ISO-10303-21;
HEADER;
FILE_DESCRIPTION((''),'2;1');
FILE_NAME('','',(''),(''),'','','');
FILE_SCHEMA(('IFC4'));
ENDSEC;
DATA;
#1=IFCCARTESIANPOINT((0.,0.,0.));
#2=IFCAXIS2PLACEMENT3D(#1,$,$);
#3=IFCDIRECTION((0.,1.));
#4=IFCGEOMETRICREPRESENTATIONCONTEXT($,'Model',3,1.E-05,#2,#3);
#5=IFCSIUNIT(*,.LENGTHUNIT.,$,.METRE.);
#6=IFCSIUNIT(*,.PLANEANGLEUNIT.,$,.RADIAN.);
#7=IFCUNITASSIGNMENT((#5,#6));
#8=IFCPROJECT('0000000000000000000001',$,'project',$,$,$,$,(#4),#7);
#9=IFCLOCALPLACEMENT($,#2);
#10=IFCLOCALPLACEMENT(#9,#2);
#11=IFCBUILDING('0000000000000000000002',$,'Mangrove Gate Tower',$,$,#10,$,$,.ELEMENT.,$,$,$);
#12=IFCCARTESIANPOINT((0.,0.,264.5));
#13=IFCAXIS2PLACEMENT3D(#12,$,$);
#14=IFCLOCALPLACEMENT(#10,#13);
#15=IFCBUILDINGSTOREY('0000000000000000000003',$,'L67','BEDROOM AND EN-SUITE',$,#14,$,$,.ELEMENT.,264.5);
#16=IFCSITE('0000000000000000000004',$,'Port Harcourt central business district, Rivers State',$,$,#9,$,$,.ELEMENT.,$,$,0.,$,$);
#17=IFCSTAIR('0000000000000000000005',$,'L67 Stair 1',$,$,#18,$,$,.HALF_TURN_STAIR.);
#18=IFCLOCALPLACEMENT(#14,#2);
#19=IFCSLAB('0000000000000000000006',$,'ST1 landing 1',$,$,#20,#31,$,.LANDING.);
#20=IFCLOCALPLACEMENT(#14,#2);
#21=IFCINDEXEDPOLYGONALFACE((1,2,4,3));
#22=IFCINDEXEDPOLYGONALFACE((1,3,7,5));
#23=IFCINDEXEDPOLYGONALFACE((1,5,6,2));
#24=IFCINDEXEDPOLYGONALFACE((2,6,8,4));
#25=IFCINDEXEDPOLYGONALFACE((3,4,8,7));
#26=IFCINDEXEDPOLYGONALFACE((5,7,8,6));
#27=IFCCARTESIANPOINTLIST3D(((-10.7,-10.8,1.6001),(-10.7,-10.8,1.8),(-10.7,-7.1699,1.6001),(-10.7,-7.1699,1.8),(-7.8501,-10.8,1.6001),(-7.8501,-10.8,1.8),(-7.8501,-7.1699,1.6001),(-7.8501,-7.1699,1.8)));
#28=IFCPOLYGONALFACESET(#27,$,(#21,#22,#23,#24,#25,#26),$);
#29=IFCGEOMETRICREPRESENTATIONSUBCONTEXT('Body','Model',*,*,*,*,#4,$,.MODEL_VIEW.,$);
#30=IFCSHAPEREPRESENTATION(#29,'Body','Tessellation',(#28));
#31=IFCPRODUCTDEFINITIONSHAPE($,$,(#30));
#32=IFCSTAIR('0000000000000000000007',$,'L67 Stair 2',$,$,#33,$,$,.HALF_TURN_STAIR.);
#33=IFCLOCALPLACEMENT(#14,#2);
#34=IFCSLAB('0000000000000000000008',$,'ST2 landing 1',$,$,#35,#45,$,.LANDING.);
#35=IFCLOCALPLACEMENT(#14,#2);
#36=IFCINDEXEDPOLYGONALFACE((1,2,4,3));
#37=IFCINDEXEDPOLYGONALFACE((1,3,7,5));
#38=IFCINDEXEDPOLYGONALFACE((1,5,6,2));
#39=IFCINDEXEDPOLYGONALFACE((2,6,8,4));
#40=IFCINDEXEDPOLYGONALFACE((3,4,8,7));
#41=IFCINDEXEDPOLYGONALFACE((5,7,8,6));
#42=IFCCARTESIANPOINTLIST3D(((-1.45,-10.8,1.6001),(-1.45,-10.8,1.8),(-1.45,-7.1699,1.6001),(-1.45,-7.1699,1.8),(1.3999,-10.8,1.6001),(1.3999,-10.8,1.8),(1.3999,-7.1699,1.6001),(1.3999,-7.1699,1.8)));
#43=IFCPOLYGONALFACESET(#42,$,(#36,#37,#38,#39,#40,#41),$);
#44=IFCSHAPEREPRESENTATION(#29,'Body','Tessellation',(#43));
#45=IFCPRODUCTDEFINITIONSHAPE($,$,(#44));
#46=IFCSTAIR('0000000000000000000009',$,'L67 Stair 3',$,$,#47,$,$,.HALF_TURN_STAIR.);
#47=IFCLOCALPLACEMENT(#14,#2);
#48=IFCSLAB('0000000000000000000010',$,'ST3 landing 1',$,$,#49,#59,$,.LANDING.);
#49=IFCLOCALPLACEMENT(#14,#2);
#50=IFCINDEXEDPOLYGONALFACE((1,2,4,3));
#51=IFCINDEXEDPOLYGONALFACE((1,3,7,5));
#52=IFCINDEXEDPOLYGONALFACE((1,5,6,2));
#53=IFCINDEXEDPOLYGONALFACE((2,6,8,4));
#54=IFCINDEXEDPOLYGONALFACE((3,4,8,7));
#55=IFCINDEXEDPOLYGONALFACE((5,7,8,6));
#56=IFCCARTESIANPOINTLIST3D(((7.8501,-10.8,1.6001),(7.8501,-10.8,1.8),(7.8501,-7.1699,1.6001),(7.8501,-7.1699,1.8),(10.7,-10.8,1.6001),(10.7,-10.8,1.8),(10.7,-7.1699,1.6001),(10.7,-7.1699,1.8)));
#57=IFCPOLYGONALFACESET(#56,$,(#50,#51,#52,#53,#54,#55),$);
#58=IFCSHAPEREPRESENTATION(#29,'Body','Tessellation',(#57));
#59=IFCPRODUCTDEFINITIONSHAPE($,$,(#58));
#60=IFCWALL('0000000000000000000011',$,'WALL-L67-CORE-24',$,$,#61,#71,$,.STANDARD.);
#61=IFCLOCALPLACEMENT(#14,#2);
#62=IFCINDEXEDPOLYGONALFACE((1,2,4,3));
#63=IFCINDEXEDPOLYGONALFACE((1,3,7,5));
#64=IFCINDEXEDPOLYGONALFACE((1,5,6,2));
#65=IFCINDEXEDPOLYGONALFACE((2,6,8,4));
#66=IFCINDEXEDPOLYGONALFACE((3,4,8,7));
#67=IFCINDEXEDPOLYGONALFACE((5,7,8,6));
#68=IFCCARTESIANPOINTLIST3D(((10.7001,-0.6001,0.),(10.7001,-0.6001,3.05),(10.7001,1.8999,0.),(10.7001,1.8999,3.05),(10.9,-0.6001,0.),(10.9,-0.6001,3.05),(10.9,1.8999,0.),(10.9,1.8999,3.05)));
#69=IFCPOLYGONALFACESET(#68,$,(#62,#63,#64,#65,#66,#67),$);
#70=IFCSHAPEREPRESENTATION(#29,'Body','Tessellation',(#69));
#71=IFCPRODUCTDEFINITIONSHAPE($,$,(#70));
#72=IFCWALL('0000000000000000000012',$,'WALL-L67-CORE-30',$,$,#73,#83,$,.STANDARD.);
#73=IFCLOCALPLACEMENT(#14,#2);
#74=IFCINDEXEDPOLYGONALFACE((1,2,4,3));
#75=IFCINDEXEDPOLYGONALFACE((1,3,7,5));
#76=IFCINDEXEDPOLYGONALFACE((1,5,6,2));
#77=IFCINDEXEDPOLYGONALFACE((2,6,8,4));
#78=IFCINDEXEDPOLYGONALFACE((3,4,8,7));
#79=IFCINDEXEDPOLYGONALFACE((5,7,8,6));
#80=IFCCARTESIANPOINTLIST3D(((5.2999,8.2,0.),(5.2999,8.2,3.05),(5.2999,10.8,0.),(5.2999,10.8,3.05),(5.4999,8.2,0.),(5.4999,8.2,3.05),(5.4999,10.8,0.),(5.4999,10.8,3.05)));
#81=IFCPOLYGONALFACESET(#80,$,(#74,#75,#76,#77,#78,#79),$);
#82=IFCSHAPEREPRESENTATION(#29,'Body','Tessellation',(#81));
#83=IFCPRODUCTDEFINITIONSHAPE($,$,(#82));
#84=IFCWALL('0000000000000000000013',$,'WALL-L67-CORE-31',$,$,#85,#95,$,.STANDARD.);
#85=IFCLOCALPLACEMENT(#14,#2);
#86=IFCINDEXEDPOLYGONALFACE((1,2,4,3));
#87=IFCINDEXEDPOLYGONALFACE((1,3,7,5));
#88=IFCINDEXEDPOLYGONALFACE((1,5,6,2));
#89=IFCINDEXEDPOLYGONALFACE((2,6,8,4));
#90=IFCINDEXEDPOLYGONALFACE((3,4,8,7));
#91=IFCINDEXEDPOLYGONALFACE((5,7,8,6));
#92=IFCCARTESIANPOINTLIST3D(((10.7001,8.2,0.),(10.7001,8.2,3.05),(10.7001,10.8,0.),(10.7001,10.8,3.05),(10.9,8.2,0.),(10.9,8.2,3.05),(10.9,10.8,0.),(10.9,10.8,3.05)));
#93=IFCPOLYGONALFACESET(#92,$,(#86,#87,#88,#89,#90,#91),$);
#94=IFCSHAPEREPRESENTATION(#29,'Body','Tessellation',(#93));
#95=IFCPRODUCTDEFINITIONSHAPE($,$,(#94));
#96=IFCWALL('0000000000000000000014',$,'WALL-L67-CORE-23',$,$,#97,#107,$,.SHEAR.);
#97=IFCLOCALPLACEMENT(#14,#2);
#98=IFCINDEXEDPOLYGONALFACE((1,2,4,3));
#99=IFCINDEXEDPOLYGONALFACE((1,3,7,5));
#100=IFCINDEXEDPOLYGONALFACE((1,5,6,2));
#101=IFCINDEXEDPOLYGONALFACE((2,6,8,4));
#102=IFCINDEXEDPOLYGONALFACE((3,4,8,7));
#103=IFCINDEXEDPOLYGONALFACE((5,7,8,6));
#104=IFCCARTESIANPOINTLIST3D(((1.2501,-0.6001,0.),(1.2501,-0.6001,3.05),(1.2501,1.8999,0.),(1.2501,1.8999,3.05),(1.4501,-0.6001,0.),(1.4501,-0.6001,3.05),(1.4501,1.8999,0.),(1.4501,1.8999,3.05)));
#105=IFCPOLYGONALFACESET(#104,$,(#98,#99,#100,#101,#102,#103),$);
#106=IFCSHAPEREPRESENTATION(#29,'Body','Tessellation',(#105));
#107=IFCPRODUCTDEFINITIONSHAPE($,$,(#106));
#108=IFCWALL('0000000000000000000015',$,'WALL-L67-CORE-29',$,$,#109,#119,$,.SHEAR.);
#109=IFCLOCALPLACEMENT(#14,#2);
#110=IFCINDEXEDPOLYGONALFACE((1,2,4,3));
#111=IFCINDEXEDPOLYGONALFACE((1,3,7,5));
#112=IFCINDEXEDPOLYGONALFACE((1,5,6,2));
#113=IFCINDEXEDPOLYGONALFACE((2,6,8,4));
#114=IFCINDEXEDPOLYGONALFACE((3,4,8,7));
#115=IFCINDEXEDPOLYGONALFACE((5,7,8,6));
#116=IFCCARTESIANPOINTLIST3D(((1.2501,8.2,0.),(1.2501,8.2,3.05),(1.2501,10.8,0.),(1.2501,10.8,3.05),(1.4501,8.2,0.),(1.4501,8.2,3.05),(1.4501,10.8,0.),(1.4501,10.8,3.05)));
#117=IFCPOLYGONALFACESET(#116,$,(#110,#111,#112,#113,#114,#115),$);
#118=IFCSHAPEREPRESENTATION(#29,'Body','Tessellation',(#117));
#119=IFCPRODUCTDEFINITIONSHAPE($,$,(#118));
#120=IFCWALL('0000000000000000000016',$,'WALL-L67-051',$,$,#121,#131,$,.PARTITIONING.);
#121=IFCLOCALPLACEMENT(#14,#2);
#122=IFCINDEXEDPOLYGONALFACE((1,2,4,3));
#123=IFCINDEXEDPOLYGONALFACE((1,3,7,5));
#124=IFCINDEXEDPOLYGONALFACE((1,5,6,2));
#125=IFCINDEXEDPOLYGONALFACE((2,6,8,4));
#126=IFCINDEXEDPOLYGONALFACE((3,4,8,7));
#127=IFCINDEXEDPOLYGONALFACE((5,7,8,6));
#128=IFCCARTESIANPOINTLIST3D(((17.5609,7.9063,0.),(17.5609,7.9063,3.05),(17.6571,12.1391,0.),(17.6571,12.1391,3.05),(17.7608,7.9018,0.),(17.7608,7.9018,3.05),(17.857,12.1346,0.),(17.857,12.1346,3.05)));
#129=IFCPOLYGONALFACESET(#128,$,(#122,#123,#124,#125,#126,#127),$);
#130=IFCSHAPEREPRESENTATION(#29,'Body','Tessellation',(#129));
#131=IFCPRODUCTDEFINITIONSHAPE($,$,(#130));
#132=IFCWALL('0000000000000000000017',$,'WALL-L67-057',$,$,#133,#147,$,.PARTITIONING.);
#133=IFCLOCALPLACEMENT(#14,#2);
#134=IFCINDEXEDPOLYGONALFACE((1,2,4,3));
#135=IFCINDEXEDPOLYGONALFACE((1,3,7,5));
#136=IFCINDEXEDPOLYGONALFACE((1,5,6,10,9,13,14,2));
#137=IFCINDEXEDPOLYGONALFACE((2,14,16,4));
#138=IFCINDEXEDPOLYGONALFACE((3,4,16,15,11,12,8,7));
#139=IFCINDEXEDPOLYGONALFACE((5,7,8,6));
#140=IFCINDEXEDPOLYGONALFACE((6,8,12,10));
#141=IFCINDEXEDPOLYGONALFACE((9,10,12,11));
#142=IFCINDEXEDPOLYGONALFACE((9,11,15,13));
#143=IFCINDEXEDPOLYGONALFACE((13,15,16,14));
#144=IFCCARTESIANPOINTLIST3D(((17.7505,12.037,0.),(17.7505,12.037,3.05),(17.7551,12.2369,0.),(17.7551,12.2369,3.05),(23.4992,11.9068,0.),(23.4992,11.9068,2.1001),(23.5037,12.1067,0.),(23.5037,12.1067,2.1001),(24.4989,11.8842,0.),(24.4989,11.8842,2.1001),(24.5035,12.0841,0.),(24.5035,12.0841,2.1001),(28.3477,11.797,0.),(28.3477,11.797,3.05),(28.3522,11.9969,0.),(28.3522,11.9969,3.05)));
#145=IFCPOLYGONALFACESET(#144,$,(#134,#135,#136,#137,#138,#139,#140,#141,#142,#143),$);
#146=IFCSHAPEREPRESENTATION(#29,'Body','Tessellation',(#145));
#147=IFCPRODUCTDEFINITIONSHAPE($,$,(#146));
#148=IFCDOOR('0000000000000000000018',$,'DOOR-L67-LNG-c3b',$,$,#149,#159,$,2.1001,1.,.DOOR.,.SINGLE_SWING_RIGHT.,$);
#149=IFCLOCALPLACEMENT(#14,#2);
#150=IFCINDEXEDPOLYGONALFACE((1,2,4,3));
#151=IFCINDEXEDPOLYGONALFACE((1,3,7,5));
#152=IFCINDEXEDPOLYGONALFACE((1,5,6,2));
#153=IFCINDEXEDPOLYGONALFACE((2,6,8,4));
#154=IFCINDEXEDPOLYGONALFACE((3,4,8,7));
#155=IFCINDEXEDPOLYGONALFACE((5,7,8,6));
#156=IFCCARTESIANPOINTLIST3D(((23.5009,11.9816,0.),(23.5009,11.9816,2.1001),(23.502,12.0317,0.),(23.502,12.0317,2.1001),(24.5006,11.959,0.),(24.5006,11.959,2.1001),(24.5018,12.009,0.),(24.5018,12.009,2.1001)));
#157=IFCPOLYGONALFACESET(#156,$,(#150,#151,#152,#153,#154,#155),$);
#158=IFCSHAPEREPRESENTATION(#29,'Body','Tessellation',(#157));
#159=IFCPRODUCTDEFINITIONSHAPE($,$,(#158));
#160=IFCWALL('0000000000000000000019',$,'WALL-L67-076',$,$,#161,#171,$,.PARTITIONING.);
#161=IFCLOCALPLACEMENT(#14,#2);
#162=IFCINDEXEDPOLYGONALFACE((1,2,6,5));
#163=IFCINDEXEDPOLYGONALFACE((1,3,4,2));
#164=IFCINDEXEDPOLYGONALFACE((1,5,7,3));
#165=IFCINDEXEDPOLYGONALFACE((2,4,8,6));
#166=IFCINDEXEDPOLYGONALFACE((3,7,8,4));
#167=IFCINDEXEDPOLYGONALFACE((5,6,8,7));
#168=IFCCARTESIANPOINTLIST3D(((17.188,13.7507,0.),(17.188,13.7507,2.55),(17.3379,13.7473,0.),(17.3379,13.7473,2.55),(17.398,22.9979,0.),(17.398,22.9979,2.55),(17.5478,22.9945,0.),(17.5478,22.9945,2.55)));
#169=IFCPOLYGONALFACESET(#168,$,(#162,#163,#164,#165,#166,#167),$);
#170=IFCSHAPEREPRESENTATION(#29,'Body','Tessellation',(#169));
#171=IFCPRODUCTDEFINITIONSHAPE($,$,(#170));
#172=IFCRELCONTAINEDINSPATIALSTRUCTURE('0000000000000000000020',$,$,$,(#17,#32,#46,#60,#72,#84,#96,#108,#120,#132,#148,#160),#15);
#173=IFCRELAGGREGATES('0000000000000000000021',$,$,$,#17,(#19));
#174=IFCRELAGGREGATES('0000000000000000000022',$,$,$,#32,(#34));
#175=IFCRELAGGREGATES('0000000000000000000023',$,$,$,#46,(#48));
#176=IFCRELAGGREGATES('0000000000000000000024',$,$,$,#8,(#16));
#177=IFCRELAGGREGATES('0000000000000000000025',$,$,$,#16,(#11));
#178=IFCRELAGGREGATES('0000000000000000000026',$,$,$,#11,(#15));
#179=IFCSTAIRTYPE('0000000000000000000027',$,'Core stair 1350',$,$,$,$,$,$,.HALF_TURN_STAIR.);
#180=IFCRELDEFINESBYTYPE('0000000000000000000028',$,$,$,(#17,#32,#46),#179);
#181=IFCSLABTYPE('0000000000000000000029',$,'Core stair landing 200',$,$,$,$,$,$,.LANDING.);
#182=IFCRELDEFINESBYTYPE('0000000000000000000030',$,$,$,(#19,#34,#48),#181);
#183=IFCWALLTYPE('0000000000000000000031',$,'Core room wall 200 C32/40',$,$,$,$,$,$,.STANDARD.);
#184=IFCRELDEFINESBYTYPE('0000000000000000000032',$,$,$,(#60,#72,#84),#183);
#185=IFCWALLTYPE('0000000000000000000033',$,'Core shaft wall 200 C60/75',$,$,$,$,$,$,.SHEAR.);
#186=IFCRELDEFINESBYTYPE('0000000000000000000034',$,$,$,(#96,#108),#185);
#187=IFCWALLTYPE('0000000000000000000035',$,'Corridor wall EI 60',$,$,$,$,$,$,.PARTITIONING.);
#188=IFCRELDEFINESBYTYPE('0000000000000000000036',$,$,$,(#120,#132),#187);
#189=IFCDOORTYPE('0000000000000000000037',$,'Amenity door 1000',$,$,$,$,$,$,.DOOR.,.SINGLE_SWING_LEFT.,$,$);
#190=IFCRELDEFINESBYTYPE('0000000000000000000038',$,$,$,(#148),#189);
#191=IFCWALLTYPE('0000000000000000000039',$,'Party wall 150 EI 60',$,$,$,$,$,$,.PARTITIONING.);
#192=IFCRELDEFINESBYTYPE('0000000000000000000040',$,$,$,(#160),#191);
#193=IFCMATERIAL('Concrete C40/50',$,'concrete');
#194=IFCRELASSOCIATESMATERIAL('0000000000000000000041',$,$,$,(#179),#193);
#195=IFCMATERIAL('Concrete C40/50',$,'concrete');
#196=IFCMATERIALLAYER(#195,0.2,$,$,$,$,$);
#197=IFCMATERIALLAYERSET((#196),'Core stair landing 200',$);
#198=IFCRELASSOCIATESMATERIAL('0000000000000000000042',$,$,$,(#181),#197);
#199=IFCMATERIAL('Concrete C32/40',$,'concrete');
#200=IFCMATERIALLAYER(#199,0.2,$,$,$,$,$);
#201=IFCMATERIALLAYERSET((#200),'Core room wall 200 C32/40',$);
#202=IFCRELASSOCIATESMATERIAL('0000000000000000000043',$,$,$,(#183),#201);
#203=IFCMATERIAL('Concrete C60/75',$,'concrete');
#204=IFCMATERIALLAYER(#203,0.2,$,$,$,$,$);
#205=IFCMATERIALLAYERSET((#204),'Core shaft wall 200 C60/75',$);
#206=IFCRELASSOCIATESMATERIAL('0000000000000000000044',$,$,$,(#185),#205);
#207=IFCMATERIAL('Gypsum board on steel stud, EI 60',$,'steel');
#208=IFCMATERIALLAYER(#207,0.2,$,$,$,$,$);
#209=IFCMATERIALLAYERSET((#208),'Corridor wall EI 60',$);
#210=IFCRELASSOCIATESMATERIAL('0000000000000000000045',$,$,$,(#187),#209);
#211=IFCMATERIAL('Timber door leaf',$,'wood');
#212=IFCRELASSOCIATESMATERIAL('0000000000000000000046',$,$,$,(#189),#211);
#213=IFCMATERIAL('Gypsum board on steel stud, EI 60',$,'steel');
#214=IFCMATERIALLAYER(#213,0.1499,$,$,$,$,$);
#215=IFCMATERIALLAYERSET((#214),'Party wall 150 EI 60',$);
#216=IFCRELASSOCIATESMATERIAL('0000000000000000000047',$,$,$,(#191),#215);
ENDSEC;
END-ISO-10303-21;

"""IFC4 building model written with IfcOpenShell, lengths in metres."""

from ifc_helpers import new_model, si_unit, direction, frame, frame_2d, origin, place, context, subcontext, project, spatial, polyline, rectangle, outline, extrude, material, layer, layer_set, type_object, element, fill, aggregate, save


model = new_model("IFC4")

# Units and contexts
model_context = context("Model", 3, precision=1e-05, world=origin(), true_north=direction((0.0, 1.0)))
body_context = subcontext(model_context, "Body", "Model", "MODEL_VIEW")
ifc_project = project(units=[si_unit("LENGTHUNIT", "METRE"), si_unit("PLANEANGLEUNIT", "RADIAN")], contexts=[model_context])

# Site, building, storey
site_placement = place(None, origin())
site = spatial("IfcSite", under=ifc_project, at=site_placement, Name="Port Harcourt central business district, Rivers State", CompositionType="ELEMENT", RefElevation=0.0)
building_placement = place(site_placement, origin())
building = spatial("IfcBuilding", under=site, at=building_placement, Name="Mangrove Gate Tower", CompositionType="ELEMENT")
storey_placement = place(building_placement, frame((0.0, 0.0, 264.5)))
storey = spatial("IfcBuildingStorey", under=building, at=storey_placement, Name="L67", Description="BEDROOM AND EN-SUITE", CompositionType="ELEMENT", Elevation=264.5)

# Stairs, slabs
ifc_material_1 = material(Name="Concrete C40/50", Category="concrete")
stair_type = type_object("IfcStairType", Name="Core stair 1350", PredefinedType="HALF_TURN_STAIR", material=ifc_material_1)
stair_1_placement = place(storey_placement, origin())
stair_1 = element("IfcStair", 1, at=stair_1_placement, inside=storey, type_object=stair_type, Name="L67 Stair 1", PredefinedType="HALF_TURN_STAIR")
ifc_material_2 = material(Name="Concrete C40/50", Category="concrete")
ifc_layer_1 = layer(ifc_material_2, 0.2)
ifc_layer_set_1 = layer_set([ifc_layer_1], Name="Core stair landing 200")
slab_type_1 = type_object("IfcSlabType", Name="Core stair landing 200", PredefinedType="LANDING", material=ifc_layer_set_1)
slab_1_placement = place(storey_placement, frame((0.0, 0.0, 1.6001)))
slab_1 = element("IfcSlab", 2, at=slab_1_placement, type_object=slab_type_1, Name="ST1 landing 1", PredefinedType="LANDING", context=body_context, shape_type="SweptSolid", body=[
    extrude(outline(polyline([(-10.7, -7.1699), (-10.7, -10.8), (-7.8501, -10.8), (-7.8501, -7.1699), (-10.7, -7.1699)])), origin(), (0.0, 0.0, 1.0), 0.2),
])
aggregate(stair_1, [slab_1])
stair_2_placement = place(storey_placement, origin())
stair_2 = element("IfcStair", 3, at=stair_2_placement, inside=storey, type_object=stair_type, Name="L67 Stair 2", PredefinedType="HALF_TURN_STAIR")
slab_2_placement = place(storey_placement, frame((0.0, 0.0, 1.6001)))
slab_2 = element("IfcSlab", 4, at=slab_2_placement, type_object=slab_type_1, Name="ST2 landing 1", PredefinedType="LANDING", context=body_context, shape_type="SweptSolid", body=[
    extrude(outline(polyline([(-1.45, -7.1699), (-1.45, -10.8), (1.3999, -10.8), (1.3999, -7.1699), (-1.45, -7.1699)])), origin(), (0.0, 0.0, 1.0), 0.2),
])
aggregate(stair_2, [slab_2])
stair_3_placement = place(storey_placement, origin())
stair_3 = element("IfcStair", 5, at=stair_3_placement, inside=storey, type_object=stair_type, Name="L67 Stair 3", PredefinedType="HALF_TURN_STAIR")
slab_3_placement = place(storey_placement, frame((0.0, 0.0, 1.6001)))
slab_3 = element("IfcSlab", 6, at=slab_3_placement, type_object=slab_type_1, Name="ST3 landing 1", PredefinedType="LANDING", context=body_context, shape_type="SweptSolid", body=[
    extrude(outline(polyline([(7.8501, -7.1699), (7.8501, -10.8), (10.7, -10.8), (10.7, -7.1699), (7.8501, -7.1699)])), origin(), (0.0, 0.0, 1.0), 0.2),
])
aggregate(stair_3, [slab_3])

# Walls
ifc_material_3 = material(Name="Concrete C32/40", Category="concrete")
ifc_layer_2 = layer(ifc_material_3, 0.2)
ifc_layer_set_2 = layer_set([ifc_layer_2], Name="Core room wall 200 C32/40")
wall_type_1 = type_object("IfcWallType", Name="Core room wall 200 C32/40", PredefinedType="STANDARD", material=ifc_layer_set_2)
wall_1_placement = place(storey_placement, frame((10.8, -0.6001, 0.0), z_axis=(0.0, 0.0, 1.0), x_axis=(0.0, 1.0, 0.0)))
element("IfcWall", 7, at=wall_1_placement, inside=storey, type_object=wall_type_1, Name="WALL-L67-CORE-24", PredefinedType="STANDARD", context=body_context, shape_type="SweptSolid", body=[
    extrude(rectangle(XDim=2.5, YDim=0.2, at=frame_2d((1.25, 0.0))), origin(), (0.0, 0.0, 1.0), 3.05),
])
for number, where, z_axis, x_axis, name in (
    (8, (5.3999, 8.2, 0.0), (0.0, 0.0, 1.0), (0.0, 1.0, 0.0), "WALL-L67-CORE-30"),
    (9, (10.8, 8.2, 0.0), (0.0, 0.0, 1.0), (0.0, 1.0, 0.0), "WALL-L67-CORE-31"),
):
    element("IfcWall", number, at=place(storey_placement, frame(where, z_axis=z_axis, x_axis=x_axis)), inside=storey, type_object=wall_type_1, Name=name, PredefinedType="STANDARD", context=body_context, shape_type="SweptSolid", body=[
        extrude(rectangle(XDim=2.6001, YDim=0.2, at=frame_2d((1.3, 0.0))), origin(), (0.0, 0.0, 1.0), 3.05),
    ])
ifc_material_4 = material(Name="Concrete C60/75", Category="concrete")
ifc_layer_3 = layer(ifc_material_4, 0.2)
ifc_layer_set_3 = layer_set([ifc_layer_3], Name="Core shaft wall 200 C60/75")
wall_type_2 = type_object("IfcWallType", Name="Core shaft wall 200 C60/75", PredefinedType="SHEAR", material=ifc_layer_set_3)
wall_2_placement = place(storey_placement, frame((1.3501, -0.6001, 0.0), z_axis=(0.0, 0.0, 1.0), x_axis=(0.0, 1.0, 0.0)))
element("IfcWall", 10, at=wall_2_placement, inside=storey, type_object=wall_type_2, Name="WALL-L67-CORE-23", PredefinedType="SHEAR", context=body_context, shape_type="SweptSolid", body=[
    extrude(rectangle(XDim=2.5, YDim=0.2, at=frame_2d((1.25, 0.0))), origin(), (0.0, 0.0, 1.0), 3.05),
])
wall_3_placement = place(storey_placement, frame((1.3501, 8.2, 0.0), z_axis=(0.0, 0.0, 1.0), x_axis=(0.0, 1.0, 0.0)))
element("IfcWall", 11, at=wall_3_placement, inside=storey, type_object=wall_type_2, Name="WALL-L67-CORE-29", PredefinedType="SHEAR", context=body_context, shape_type="SweptSolid", body=[
    extrude(rectangle(XDim=2.6001, YDim=0.2, at=frame_2d((1.3, 0.0))), origin(), (0.0, 0.0, 1.0), 3.05),
])
ifc_material_5 = material(Name="Gypsum board on steel stud, EI 60", Category="steel")
ifc_layer_4 = layer(ifc_material_5, 0.2)
ifc_layer_set_4 = layer_set([ifc_layer_4], Name="Corridor wall EI 60")
wall_type_3 = type_object("IfcWallType", Name="Corridor wall EI 60", PredefinedType="PARTITIONING", material=ifc_layer_set_4)
wall_4_placement = place(storey_placement, frame((17.6609, 7.9041, 0.0), z_axis=(0.0, 0.0, 1.0), x_axis=(0.022719, 0.999742, 0.0)))
element("IfcWall", 12, at=wall_4_placement, inside=storey, type_object=wall_type_3, Name="WALL-L67-051", PredefinedType="PARTITIONING", context=body_context, shape_type="SweptSolid", body=[
    extrude(rectangle(XDim=4.2339, YDim=0.2, at=frame_2d((2.1169, 0.0))), origin(), (0.0, 0.0, 1.0), 3.05),
])

# Wall, opening, door
wall_5_placement = place(storey_placement, frame((17.7529, 12.137, 0.0), z_axis=(0.0, 0.0, 1.0), x_axis=(0.999744, -0.022641, 0.0)))
wall_5 = element("IfcWall", 13, at=wall_5_placement, inside=storey, type_object=wall_type_3, Name="WALL-L67-057", PredefinedType="PARTITIONING", context=body_context, shape_type="SweptSolid", body=[
    extrude(rectangle(XDim=10.5999, YDim=0.2, at=frame_2d((5.2998, 0.0))), origin(), (0.0, 0.0, 1.0), 3.05),
])
opening_placement = place(wall_5_placement, frame((5.75, 0.0, 0.0)))
opening = element("IfcOpeningElement", 14, at=opening_placement, cuts=wall_5, PredefinedType="OPENING", context=body_context, shape_type="SweptSolid", body=[
    extrude(rectangle(XDim=1.0, YDim=2.1001, at=frame_2d((0.5, 1.05))), frame((0.0, 0.1099, 0.0), z_axis=(0.0, -1.0, 0.0), x_axis=(1.0, 0.0, 0.0)), (0.0, 0.0, 1.0), 0.22),
])
ifc_material_6 = material(Name="Timber door leaf", Category="wood")
door_type = type_object("IfcDoorType", Name="Amenity door 1000", OperationType="SINGLE_SWING_LEFT", PredefinedType="DOOR", material=ifc_material_6)
door_placement = place(opening_placement, origin())
door = element("IfcDoor", 15, at=door_placement, inside=storey, type_object=door_type, Name="DOOR-L67-LNG-c3b", OperationType="SINGLE_SWING_RIGHT", OverallHeight=2.1001, OverallWidth=1.0, PredefinedType="DOOR", context=body_context, shape_type="SweptSolid", body=[
    extrude(rectangle(XDim=1.0, YDim=2.1001, at=frame_2d((0.5, 1.05))), frame((0.0, 0.0249, 0.0), z_axis=(0.0, -1.0, 0.0), x_axis=(1.0, 0.0, 0.0)), (0.0, 0.0, 1.0), 0.05),
])
fill(opening, door)

# Wall
ifc_material_7 = material(Name="Gypsum board on steel stud, EI 60", Category="steel")
ifc_layer_5 = layer(ifc_material_7, 0.1499)
ifc_layer_set_5 = layer_set([ifc_layer_5], Name="Party wall 150 EI 60")
wall_type_4 = type_object("IfcWallType", Name="Party wall 150 EI 60", PredefinedType="PARTITIONING", material=ifc_layer_set_5)
wall_6_placement = place(storey_placement, frame((17.2629, 13.749, 0.0), z_axis=(0.0, 0.0, 1.0), x_axis=(0.0227, 0.999742, 0.0)))
element("IfcWall", 16, at=wall_6_placement, inside=storey, type_object=wall_type_4, Name="WALL-L67-076", PredefinedType="PARTITIONING", context=body_context, shape_type="SweptSolid", body=[
    extrude(rectangle(XDim=9.2495, YDim=0.1499, at=frame_2d((4.6248, 0.0))), origin(), (0.0, 0.0, 1.0), 2.55),
])

save(model, "model.ifc")
